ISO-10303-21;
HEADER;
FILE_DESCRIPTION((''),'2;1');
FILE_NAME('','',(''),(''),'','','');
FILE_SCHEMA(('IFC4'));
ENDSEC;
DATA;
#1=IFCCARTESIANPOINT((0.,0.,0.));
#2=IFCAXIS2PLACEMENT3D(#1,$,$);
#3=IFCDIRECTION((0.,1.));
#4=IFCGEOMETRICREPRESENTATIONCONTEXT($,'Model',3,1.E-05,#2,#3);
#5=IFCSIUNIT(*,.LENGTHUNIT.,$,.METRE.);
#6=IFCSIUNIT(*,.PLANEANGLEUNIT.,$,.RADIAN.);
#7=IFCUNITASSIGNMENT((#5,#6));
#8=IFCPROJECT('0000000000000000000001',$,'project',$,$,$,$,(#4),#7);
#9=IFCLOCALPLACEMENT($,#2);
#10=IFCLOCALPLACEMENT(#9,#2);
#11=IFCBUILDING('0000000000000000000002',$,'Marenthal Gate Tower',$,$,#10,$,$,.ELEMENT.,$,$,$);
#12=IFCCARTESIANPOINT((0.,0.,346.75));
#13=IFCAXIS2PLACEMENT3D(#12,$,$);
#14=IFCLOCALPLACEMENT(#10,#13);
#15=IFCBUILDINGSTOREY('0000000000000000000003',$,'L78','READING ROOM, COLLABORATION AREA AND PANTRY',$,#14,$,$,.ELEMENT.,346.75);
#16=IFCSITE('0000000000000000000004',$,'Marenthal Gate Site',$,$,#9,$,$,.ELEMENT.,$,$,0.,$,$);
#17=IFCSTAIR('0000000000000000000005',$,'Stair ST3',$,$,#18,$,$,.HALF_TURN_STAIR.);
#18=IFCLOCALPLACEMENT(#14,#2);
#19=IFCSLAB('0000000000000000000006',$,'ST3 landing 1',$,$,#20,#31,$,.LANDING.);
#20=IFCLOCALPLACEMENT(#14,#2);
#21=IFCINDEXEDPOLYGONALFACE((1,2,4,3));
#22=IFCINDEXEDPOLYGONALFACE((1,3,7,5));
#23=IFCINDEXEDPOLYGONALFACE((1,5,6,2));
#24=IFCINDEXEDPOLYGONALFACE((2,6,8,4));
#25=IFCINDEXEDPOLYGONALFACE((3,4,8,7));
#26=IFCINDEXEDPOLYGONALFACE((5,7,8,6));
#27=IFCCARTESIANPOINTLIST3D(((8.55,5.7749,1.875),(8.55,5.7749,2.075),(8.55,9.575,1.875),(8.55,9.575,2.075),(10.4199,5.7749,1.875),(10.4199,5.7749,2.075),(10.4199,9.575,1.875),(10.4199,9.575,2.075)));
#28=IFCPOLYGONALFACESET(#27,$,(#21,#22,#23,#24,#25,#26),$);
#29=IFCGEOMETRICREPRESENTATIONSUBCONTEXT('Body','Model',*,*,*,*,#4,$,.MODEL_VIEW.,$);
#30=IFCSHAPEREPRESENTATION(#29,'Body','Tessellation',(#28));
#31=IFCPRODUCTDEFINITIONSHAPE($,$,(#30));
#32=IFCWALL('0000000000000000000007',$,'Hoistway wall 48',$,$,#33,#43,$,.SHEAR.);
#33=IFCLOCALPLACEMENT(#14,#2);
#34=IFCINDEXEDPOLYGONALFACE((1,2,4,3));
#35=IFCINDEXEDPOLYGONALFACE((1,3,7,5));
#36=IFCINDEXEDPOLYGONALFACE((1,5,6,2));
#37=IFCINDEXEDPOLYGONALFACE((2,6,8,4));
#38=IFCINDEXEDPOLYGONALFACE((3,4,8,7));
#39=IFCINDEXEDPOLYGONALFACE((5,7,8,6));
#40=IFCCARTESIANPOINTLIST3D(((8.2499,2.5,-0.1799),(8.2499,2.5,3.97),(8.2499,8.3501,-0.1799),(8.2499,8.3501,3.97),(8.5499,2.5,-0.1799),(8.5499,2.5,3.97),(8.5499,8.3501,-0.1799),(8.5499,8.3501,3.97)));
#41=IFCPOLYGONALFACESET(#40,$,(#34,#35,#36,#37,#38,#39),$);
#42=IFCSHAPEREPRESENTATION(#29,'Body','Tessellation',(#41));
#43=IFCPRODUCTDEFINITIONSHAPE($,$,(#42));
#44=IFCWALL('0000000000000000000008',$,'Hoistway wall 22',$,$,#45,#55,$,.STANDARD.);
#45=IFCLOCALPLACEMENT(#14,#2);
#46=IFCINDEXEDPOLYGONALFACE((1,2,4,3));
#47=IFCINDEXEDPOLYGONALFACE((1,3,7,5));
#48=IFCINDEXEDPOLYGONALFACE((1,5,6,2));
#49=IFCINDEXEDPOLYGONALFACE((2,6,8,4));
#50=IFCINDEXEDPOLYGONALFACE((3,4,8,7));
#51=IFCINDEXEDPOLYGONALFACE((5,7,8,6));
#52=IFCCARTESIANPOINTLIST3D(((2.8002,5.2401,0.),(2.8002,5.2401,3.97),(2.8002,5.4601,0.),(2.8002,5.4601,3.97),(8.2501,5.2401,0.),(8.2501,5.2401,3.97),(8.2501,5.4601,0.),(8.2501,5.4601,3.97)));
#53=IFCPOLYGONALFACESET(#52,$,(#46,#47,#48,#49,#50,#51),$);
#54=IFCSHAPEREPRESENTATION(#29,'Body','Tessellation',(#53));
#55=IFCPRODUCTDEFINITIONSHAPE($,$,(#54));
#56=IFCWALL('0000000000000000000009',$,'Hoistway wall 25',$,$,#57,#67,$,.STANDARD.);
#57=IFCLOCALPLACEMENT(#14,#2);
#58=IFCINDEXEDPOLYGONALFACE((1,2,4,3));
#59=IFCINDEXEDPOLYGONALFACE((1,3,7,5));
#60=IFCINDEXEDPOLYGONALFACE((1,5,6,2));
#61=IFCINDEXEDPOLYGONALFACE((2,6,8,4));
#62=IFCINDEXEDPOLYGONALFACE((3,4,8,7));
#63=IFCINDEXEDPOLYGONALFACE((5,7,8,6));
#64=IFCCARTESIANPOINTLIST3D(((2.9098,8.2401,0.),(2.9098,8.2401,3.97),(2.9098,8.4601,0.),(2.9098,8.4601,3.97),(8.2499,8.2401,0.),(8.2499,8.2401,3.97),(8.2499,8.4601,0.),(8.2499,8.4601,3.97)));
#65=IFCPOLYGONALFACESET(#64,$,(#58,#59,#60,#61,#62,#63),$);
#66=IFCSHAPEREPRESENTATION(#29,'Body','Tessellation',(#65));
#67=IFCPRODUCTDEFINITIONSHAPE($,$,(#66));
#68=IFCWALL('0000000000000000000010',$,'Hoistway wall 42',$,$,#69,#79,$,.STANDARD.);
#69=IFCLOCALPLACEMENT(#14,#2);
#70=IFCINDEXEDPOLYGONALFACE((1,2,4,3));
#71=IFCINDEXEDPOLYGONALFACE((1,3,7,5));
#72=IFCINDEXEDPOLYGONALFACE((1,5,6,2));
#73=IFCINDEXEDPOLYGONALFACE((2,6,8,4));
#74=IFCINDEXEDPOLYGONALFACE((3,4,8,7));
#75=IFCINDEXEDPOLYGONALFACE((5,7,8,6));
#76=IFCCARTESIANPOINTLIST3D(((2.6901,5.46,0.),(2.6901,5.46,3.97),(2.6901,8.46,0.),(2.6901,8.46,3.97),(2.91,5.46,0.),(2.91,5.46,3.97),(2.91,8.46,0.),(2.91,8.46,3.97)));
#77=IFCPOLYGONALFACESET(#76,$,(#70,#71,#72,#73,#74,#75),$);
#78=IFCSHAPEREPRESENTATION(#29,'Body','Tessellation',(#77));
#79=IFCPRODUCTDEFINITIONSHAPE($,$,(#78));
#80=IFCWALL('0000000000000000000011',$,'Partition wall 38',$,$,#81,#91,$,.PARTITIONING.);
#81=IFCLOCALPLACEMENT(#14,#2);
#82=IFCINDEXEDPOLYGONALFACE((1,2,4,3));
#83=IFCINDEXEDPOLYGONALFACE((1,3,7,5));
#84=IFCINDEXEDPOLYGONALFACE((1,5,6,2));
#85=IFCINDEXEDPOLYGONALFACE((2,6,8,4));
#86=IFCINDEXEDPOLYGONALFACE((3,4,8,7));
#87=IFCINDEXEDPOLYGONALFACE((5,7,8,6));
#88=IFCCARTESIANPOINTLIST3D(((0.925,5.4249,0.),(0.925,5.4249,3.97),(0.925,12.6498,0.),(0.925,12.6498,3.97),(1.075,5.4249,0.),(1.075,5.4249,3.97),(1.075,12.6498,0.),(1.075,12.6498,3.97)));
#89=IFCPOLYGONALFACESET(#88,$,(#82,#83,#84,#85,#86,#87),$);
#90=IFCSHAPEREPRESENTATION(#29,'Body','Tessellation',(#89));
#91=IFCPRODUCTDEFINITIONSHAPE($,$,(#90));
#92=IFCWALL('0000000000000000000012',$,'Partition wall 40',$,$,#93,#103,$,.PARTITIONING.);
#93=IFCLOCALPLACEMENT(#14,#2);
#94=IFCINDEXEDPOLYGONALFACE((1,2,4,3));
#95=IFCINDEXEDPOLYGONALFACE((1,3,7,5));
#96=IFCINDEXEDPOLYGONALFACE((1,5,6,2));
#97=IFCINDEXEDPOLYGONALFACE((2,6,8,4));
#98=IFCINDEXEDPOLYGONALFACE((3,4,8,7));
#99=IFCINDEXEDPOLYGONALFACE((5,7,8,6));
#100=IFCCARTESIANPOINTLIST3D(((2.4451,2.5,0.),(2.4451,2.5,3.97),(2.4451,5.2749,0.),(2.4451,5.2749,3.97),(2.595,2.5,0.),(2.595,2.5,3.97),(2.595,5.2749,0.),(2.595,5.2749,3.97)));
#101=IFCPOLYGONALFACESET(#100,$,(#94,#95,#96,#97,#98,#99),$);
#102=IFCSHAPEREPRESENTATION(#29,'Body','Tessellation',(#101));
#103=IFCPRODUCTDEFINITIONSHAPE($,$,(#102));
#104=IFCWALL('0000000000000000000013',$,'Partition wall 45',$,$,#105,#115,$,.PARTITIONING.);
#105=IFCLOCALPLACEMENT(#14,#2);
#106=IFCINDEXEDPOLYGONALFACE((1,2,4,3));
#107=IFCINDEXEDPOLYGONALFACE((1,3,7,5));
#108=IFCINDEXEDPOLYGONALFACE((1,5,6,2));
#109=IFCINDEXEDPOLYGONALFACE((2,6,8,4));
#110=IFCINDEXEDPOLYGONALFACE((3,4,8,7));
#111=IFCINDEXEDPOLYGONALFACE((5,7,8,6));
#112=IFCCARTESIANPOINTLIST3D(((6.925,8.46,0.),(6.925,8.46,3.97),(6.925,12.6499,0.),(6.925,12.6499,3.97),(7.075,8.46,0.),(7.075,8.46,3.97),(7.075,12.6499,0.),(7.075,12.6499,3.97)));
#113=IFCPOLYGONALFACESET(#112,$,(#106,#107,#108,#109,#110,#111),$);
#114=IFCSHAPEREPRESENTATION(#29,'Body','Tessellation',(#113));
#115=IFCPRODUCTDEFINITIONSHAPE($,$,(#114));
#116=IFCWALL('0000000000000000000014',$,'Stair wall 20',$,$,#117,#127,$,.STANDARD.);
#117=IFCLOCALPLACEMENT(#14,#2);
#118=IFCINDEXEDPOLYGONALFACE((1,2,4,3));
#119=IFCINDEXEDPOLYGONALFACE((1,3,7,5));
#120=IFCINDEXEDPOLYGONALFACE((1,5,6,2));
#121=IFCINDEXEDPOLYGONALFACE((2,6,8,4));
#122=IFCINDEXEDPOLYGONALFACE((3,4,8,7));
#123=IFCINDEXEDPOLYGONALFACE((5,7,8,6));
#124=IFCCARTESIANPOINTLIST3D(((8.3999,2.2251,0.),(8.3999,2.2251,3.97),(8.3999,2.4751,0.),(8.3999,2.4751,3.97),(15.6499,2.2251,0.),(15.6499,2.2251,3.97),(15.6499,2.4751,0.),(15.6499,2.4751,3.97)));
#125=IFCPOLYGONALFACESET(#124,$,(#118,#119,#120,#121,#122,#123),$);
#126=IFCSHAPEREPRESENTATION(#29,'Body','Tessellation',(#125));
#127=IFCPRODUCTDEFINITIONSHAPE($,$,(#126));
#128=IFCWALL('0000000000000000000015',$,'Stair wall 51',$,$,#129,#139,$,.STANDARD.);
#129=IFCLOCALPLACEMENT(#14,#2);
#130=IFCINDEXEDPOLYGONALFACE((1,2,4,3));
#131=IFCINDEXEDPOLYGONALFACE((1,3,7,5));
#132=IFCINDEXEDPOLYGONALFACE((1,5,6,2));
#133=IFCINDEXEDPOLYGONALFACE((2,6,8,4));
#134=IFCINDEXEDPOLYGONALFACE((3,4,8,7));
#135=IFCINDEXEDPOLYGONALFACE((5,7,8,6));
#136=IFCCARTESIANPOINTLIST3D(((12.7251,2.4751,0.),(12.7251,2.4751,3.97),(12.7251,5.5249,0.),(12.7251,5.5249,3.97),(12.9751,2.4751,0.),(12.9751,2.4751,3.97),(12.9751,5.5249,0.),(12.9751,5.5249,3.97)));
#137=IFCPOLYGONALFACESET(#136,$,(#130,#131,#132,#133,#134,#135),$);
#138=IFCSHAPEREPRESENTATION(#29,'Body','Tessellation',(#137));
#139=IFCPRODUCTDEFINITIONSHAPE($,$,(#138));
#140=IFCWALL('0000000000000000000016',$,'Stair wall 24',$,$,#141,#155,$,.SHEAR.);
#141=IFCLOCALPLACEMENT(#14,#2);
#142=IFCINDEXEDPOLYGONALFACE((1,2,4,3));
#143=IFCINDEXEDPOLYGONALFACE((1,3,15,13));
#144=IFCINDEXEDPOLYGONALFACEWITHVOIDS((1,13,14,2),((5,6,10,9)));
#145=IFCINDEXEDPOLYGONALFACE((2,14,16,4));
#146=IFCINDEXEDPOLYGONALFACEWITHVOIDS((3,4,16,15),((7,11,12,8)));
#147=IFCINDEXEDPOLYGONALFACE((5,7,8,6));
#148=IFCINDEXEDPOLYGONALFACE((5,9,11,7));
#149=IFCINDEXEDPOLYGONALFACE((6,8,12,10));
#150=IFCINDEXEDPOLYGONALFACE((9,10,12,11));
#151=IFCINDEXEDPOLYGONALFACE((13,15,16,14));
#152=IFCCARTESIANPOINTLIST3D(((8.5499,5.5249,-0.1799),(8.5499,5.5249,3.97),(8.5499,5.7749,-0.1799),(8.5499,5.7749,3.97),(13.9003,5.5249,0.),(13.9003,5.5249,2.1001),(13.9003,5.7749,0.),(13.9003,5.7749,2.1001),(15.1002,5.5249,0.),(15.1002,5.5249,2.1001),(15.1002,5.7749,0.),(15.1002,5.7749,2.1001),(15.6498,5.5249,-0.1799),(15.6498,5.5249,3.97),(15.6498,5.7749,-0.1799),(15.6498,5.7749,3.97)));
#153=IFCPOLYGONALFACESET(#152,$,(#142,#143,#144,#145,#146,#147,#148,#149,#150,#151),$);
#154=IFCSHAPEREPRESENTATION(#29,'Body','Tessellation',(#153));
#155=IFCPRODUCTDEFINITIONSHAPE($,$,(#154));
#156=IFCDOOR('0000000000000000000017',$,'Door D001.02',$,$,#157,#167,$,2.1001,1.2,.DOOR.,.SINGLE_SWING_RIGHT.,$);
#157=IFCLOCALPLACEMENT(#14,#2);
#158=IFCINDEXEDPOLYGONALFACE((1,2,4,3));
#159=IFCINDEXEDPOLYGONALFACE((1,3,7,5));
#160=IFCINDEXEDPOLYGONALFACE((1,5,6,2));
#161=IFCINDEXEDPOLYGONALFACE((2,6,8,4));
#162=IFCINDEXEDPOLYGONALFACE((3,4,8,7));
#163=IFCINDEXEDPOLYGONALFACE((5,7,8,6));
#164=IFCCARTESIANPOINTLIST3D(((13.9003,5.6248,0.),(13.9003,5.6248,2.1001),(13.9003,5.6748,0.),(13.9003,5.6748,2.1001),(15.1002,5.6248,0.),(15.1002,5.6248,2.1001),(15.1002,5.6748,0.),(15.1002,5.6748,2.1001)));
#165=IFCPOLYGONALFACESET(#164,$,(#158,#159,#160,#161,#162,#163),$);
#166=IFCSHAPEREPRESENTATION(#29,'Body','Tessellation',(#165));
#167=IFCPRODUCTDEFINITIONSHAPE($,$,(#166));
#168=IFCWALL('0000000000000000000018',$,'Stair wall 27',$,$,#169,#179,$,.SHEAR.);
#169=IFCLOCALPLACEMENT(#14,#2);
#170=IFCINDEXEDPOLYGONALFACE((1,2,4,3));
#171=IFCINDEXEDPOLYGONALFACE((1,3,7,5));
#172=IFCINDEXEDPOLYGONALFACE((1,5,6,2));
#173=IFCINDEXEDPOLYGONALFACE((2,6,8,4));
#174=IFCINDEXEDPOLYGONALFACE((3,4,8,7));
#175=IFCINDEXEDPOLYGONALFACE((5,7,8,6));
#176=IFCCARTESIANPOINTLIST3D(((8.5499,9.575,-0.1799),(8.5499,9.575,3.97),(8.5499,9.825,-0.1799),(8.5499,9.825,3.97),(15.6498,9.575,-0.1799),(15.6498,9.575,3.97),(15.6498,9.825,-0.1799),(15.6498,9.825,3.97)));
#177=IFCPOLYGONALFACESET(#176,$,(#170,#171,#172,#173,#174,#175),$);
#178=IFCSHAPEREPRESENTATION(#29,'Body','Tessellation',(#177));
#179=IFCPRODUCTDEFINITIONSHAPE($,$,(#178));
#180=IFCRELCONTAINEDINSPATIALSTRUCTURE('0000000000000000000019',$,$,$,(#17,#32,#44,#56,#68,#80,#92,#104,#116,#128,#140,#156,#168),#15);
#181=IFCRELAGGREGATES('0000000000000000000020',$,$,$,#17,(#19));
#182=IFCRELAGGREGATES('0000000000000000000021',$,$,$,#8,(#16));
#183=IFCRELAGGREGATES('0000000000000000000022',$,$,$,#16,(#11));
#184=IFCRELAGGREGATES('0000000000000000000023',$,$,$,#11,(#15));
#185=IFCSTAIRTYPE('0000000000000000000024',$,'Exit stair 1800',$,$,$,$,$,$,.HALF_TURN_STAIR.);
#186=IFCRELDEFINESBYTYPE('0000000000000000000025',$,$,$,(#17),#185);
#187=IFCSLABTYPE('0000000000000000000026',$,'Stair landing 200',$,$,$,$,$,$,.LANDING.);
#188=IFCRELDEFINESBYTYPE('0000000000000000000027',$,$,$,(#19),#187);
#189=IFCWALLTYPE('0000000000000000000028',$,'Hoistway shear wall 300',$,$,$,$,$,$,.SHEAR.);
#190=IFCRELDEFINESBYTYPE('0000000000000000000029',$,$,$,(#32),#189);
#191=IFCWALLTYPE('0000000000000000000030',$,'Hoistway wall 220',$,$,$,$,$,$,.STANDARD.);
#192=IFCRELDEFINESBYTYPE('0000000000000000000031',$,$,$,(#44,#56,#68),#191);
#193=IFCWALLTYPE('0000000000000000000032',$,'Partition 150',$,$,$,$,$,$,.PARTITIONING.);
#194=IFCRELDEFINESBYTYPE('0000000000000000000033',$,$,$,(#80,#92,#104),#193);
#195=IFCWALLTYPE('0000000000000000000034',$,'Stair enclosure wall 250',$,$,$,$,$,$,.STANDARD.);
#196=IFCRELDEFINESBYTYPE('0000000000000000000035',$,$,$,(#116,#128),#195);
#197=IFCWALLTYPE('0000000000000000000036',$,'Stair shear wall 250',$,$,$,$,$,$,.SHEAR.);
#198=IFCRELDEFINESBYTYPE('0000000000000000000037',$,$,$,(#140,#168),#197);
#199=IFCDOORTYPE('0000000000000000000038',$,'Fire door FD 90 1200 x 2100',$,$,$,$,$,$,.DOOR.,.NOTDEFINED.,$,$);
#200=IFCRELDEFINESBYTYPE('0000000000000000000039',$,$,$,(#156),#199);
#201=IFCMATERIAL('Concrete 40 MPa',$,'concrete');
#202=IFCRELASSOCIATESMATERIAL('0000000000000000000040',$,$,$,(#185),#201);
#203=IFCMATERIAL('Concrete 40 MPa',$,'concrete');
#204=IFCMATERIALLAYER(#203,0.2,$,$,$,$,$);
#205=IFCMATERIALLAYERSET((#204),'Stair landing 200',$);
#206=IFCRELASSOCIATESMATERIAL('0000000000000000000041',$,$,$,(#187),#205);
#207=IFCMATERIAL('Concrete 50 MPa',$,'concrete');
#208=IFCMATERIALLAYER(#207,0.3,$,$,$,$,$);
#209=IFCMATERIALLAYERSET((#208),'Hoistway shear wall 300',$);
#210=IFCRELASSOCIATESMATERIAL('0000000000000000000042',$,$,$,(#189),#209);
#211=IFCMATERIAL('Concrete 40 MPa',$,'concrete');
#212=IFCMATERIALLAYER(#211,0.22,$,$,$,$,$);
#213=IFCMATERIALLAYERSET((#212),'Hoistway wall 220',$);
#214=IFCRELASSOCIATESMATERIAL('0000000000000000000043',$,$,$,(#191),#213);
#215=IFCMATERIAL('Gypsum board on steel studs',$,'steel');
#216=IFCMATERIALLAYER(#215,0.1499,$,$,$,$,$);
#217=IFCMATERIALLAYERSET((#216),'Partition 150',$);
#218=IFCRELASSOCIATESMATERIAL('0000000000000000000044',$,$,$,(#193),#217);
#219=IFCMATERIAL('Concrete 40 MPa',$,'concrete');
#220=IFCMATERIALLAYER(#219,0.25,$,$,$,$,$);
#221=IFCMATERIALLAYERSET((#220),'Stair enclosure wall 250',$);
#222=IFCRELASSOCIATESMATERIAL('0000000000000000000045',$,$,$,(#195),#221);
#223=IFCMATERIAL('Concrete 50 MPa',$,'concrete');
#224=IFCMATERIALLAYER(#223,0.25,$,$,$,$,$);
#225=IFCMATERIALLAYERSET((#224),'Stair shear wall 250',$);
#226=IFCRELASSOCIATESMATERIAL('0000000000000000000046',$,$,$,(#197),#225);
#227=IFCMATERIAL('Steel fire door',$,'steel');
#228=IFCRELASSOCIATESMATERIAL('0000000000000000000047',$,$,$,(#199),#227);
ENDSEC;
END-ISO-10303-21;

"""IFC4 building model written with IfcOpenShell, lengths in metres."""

from ifc_helpers import new_model, si_unit, direction, frame, frame_2d, origin, place, context, subcontext, project, spatial, polyline, rectangle, outline, extrude, material, layer, layer_set, type_object, element, fill, aggregate, save


model = new_model("IFC4")

# Units and contexts
model_context = context("Model", 3, precision=1e-05, world=origin(), true_north=direction((0.0, 1.0)))
body_context = subcontext(model_context, "Body", "Model", "MODEL_VIEW")
ifc_project = project(units=[si_unit("LENGTHUNIT", "METRE"), si_unit("PLANEANGLEUNIT", "RADIAN")], contexts=[model_context])

# Site, building, storey
site_placement = place(None, origin())
site = spatial("IfcSite", under=ifc_project, at=site_placement, Name="Marenthal Gate Site", CompositionType="ELEMENT", RefElevation=0.0)
building_placement = place(site_placement, origin())
building = spatial("IfcBuilding", under=site, at=building_placement, Name="Marenthal Gate Tower", CompositionType="ELEMENT")
storey_placement = place(building_placement, frame((0.0, 0.0, 346.75)))
storey = spatial("IfcBuildingStorey", under=building, at=storey_placement, Name="L78", Description="READING ROOM, COLLABORATION AREA AND PANTRY", CompositionType="ELEMENT", Elevation=346.75)

# Stair, slab
ifc_material_1 = material(Name="Concrete 40 MPa", Category="concrete")
stair_type = type_object("IfcStairType", Name="Exit stair 1800", PredefinedType="HALF_TURN_STAIR", material=ifc_material_1)
stair_placement = place(storey_placement, origin())
stair = element("IfcStair", 1, at=stair_placement, inside=storey, type_object=stair_type, Name="Stair ST3", PredefinedType="HALF_TURN_STAIR")
ifc_material_2 = material(Name="Concrete 40 MPa", Category="concrete")
ifc_layer_1 = layer(ifc_material_2, 0.2)
ifc_layer_set_1 = layer_set([ifc_layer_1], Name="Stair landing 200")
slab_type = type_object("IfcSlabType", Name="Stair landing 200", PredefinedType="LANDING", material=ifc_layer_set_1)
slab_placement = place(storey_placement, frame((0.0, 0.0, 1.875)))
slab = element("IfcSlab", 2, at=slab_placement, type_object=slab_type, Name="ST3 landing 1", PredefinedType="LANDING", context=body_context, shape_type="SweptSolid", body=[
    extrude(outline(polyline([(8.55, 5.7749), (10.4199, 5.7749), (10.4199, 9.575), (8.55, 9.575), (8.55, 5.7749)])), origin(), (0.0, 0.0, 1.0), 0.2),
])

# Walls
ifc_material_3 = material(Name="Concrete 50 MPa", Category="concrete")
ifc_layer_2 = layer(ifc_material_3, 0.3)
ifc_layer_set_2 = layer_set([ifc_layer_2], Name="Hoistway shear wall 300")
wall_type_1 = type_object("IfcWallType", Name="Hoistway shear wall 300", PredefinedType="SHEAR", material=ifc_layer_set_2)
wall_1_placement = place(storey_placement, frame((8.3999, 2.5, -0.1799), z_axis=(0.0, 0.0, 1.0), x_axis=(0.0, 1.0, 0.0)))
element("IfcWall", 3, at=wall_1_placement, inside=storey, type_object=wall_type_1, Name="Hoistway wall 48", PredefinedType="SHEAR", context=body_context, shape_type="SweptSolid", body=[
    extrude(rectangle(XDim=5.8501, YDim=0.3, at=frame_2d((2.925, 0.0))), origin(), (0.0, 0.0, 1.0), 4.1499),
])
ifc_material_4 = material(Name="Concrete 40 MPa", Category="concrete")
ifc_layer_3 = layer(ifc_material_4, 0.22)
ifc_layer_set_3 = layer_set([ifc_layer_3], Name="Hoistway wall 220")
wall_type_2 = type_object("IfcWallType", Name="Hoistway wall 220", PredefinedType="STANDARD", material=ifc_layer_set_3)
wall_2_placement = place(storey_placement, frame((2.8, 5.3501, 0.0), z_axis=(0.0, 0.0, 1.0), x_axis=(1.0, 0.0, 0.0)))
element("IfcWall", 4, at=wall_2_placement, inside=storey, type_object=wall_type_2, Name="Hoistway wall 22", PredefinedType="STANDARD", context=body_context, shape_type="SweptSolid", body=[
    extrude(rectangle(XDim=5.45, YDim=0.22, at=frame_2d((2.7251, 0.0))), origin(), (0.0, 0.0, 1.0), 3.97),
])
wall_3_placement = place(storey_placement, frame((2.9099, 8.3501, 0.0), z_axis=(0.0, 0.0, 1.0), x_axis=(1.0, 0.0, 0.0)))
element("IfcWall", 5, at=wall_3_placement, inside=storey, type_object=wall_type_2, Name="Hoistway wall 25", PredefinedType="STANDARD", context=body_context, shape_type="SweptSolid", body=[
    extrude(rectangle(XDim=5.3401, YDim=0.22, at=frame_2d((2.6699, 0.0))), origin(), (0.0, 0.0, 1.0), 3.97),
])
wall_4_placement = place(storey_placement, frame((2.8, 5.46, 0.0), z_axis=(0.0, 0.0, 1.0), x_axis=(0.0, 1.0, 0.0)))
element("IfcWall", 6, at=wall_4_placement, inside=storey, type_object=wall_type_2, Name="Hoistway wall 42", PredefinedType="STANDARD", context=body_context, shape_type="SweptSolid", body=[
    extrude(rectangle(XDim=3.0, YDim=0.22, at=frame_2d((1.5, 0.0))), origin(), (0.0, 0.0, 1.0), 3.97),
])
ifc_material_5 = material(Name="Gypsum board on steel studs", Category="steel")
ifc_layer_4 = layer(ifc_material_5, 0.1499)
ifc_layer_set_4 = layer_set([ifc_layer_4], Name="Partition 150")
wall_type_3 = type_object("IfcWallType", Name="Partition 150", PredefinedType="PARTITIONING", material=ifc_layer_set_4)
wall_5_placement = place(storey_placement, frame((1.0, 5.425, 0.0), z_axis=(0.0, 0.0, 1.0), x_axis=(0.0, 1.0, 0.0)))
element("IfcWall", 7, at=wall_5_placement, inside=storey, type_object=wall_type_3, Name="Partition wall 38", PredefinedType="PARTITIONING", context=body_context, shape_type="SweptSolid", body=[
    extrude(rectangle(XDim=7.2249, YDim=0.1499, at=frame_2d((3.6123, 0.0))), origin(), (0.0, 0.0, 1.0), 3.97),
])
wall_6_placement = place(storey_placement, frame((2.52, 2.5, 0.0), z_axis=(0.0, 0.0, 1.0), x_axis=(0.0, 1.0, 0.0)))
element("IfcWall", 8, at=wall_6_placement, inside=storey, type_object=wall_type_3, Name="Partition wall 40", PredefinedType="PARTITIONING", context=body_context, shape_type="SweptSolid", body=[
    extrude(rectangle(XDim=2.7749, YDim=0.1499, at=frame_2d((1.3875, 0.0))), origin(), (0.0, 0.0, 1.0), 3.97),
])
wall_7_placement = place(storey_placement, frame((7.0, 8.46, 0.0), z_axis=(0.0, 0.0, 1.0), x_axis=(0.0, 1.0, 0.0)))
element("IfcWall", 9, at=wall_7_placement, inside=storey, type_object=wall_type_3, Name="Partition wall 45", PredefinedType="PARTITIONING", context=body_context, shape_type="SweptSolid", body=[
    extrude(rectangle(XDim=4.1899, YDim=0.1499, at=frame_2d((2.095, 0.0))), origin(), (0.0, 0.0, 1.0), 3.97),
])
ifc_material_6 = material(Name="Concrete 40 MPa", Category="concrete")
ifc_layer_5 = layer(ifc_material_6, 0.25)
ifc_layer_set_5 = layer_set([ifc_layer_5], Name="Stair enclosure wall 250")
wall_type_4 = type_object("IfcWallType", Name="Stair enclosure wall 250", PredefinedType="STANDARD", material=ifc_layer_set_5)
wall_8_placement = place(storey_placement, frame((8.3999, 2.3501, 0.0), z_axis=(0.0, 0.0, 1.0), x_axis=(1.0, 0.0, 0.0)))
element("IfcWall", 10, at=wall_8_placement, inside=storey, type_object=wall_type_4, Name="Stair wall 20", PredefinedType="STANDARD", context=body_context, shape_type="SweptSolid", body=[
    extrude(rectangle(XDim=7.25, YDim=0.25, at=frame_2d((3.625, 0.0))), origin(), (0.0, 0.0, 1.0), 3.97),
])
wall_9_placement = place(storey_placement, frame((12.8501, 2.4751, 0.0), z_axis=(0.0, 0.0, 1.0), x_axis=(0.0, 1.0, 0.0)))
element("IfcWall", 11, at=wall_9_placement, inside=storey, type_object=wall_type_4, Name="Stair wall 51", PredefinedType="STANDARD", context=body_context, shape_type="SweptSolid", body=[
    extrude(rectangle(XDim=3.0498, YDim=0.25, at=frame_2d((1.5249, 0.0))), origin(), (0.0, 0.0, 1.0), 3.97),
])

# Wall, opening, door
ifc_material_7 = material(Name="Concrete 50 MPa", Category="concrete")
ifc_layer_6 = layer(ifc_material_7, 0.25)
ifc_layer_set_6 = layer_set([ifc_layer_6], Name="Stair shear wall 250")
wall_type_5 = type_object("IfcWallType", Name="Stair shear wall 250", PredefinedType="SHEAR", material=ifc_layer_set_6)
wall_10_placement = place(storey_placement, frame((8.55, 5.6499, -0.1799), z_axis=(0.0, 0.0, 1.0), x_axis=(1.0, 0.0, 0.0)))
wall_10 = element("IfcWall", 12, at=wall_10_placement, inside=storey, type_object=wall_type_5, Name="Stair wall 24", PredefinedType="SHEAR", context=body_context, shape_type="SweptSolid", body=[
    extrude(rectangle(XDim=7.0999, YDim=0.25, at=frame_2d((3.5498, 0.0))), origin(), (0.0, 0.0, 1.0), 4.1499),
])
opening_placement = place(wall_10_placement, frame((5.3501, 0.0, 0.1799)))
opening = element("IfcOpeningElement", 13, at=opening_placement, cuts=wall_10, PredefinedType="OPENING", context=body_context, shape_type="SweptSolid", body=[
    extrude(rectangle(XDim=1.2, YDim=2.1001, at=frame_2d((0.6001, 1.05))), frame((0.0, 0.135, 0.0), z_axis=(0.0, -1.0, 0.0), x_axis=(1.0, 0.0, 0.0)), (0.0, 0.0, 1.0), 0.27),
])
ifc_material_8 = material(Name="Steel fire door", Category="steel")
door_type = type_object("IfcDoorType", Name="Fire door FD 90 1200 x 2100", OperationType="NOTDEFINED", PredefinedType="DOOR", material=ifc_material_8)
door_placement = place(opening_placement, origin())
door = element("IfcDoor", 14, at=door_placement, inside=storey, type_object=door_type, Name="Door D001.02", OperationType="SINGLE_SWING_RIGHT", OverallHeight=2.1001, OverallWidth=1.2, PredefinedType="DOOR", context=body_context, shape_type="SweptSolid", body=[
    extrude(rectangle(XDim=1.2, YDim=2.1001, at=frame_2d((0.6001, 1.05))), frame((0.0, 0.0249, 0.0), z_axis=(0.0, -1.0, 0.0), x_axis=(1.0, 0.0, 0.0)), (0.0, 0.0, 1.0), 0.05),
])
fill(opening, door)

# Wall
wall_11_placement = place(storey_placement, frame((8.55, 9.7, -0.1799), z_axis=(0.0, 0.0, 1.0), x_axis=(1.0, 0.0, 0.0)))
element("IfcWall", 15, at=wall_11_placement, inside=storey, type_object=wall_type_5, Name="Stair wall 27", PredefinedType="SHEAR", context=body_context, shape_type="SweptSolid", body=[
    extrude(rectangle(XDim=7.0999, YDim=0.25, at=frame_2d((3.5498, 0.0))), origin(), (0.0, 0.0, 1.0), 4.1499),
])

aggregate(stair, [slab])

save(model, "model.ifc")
